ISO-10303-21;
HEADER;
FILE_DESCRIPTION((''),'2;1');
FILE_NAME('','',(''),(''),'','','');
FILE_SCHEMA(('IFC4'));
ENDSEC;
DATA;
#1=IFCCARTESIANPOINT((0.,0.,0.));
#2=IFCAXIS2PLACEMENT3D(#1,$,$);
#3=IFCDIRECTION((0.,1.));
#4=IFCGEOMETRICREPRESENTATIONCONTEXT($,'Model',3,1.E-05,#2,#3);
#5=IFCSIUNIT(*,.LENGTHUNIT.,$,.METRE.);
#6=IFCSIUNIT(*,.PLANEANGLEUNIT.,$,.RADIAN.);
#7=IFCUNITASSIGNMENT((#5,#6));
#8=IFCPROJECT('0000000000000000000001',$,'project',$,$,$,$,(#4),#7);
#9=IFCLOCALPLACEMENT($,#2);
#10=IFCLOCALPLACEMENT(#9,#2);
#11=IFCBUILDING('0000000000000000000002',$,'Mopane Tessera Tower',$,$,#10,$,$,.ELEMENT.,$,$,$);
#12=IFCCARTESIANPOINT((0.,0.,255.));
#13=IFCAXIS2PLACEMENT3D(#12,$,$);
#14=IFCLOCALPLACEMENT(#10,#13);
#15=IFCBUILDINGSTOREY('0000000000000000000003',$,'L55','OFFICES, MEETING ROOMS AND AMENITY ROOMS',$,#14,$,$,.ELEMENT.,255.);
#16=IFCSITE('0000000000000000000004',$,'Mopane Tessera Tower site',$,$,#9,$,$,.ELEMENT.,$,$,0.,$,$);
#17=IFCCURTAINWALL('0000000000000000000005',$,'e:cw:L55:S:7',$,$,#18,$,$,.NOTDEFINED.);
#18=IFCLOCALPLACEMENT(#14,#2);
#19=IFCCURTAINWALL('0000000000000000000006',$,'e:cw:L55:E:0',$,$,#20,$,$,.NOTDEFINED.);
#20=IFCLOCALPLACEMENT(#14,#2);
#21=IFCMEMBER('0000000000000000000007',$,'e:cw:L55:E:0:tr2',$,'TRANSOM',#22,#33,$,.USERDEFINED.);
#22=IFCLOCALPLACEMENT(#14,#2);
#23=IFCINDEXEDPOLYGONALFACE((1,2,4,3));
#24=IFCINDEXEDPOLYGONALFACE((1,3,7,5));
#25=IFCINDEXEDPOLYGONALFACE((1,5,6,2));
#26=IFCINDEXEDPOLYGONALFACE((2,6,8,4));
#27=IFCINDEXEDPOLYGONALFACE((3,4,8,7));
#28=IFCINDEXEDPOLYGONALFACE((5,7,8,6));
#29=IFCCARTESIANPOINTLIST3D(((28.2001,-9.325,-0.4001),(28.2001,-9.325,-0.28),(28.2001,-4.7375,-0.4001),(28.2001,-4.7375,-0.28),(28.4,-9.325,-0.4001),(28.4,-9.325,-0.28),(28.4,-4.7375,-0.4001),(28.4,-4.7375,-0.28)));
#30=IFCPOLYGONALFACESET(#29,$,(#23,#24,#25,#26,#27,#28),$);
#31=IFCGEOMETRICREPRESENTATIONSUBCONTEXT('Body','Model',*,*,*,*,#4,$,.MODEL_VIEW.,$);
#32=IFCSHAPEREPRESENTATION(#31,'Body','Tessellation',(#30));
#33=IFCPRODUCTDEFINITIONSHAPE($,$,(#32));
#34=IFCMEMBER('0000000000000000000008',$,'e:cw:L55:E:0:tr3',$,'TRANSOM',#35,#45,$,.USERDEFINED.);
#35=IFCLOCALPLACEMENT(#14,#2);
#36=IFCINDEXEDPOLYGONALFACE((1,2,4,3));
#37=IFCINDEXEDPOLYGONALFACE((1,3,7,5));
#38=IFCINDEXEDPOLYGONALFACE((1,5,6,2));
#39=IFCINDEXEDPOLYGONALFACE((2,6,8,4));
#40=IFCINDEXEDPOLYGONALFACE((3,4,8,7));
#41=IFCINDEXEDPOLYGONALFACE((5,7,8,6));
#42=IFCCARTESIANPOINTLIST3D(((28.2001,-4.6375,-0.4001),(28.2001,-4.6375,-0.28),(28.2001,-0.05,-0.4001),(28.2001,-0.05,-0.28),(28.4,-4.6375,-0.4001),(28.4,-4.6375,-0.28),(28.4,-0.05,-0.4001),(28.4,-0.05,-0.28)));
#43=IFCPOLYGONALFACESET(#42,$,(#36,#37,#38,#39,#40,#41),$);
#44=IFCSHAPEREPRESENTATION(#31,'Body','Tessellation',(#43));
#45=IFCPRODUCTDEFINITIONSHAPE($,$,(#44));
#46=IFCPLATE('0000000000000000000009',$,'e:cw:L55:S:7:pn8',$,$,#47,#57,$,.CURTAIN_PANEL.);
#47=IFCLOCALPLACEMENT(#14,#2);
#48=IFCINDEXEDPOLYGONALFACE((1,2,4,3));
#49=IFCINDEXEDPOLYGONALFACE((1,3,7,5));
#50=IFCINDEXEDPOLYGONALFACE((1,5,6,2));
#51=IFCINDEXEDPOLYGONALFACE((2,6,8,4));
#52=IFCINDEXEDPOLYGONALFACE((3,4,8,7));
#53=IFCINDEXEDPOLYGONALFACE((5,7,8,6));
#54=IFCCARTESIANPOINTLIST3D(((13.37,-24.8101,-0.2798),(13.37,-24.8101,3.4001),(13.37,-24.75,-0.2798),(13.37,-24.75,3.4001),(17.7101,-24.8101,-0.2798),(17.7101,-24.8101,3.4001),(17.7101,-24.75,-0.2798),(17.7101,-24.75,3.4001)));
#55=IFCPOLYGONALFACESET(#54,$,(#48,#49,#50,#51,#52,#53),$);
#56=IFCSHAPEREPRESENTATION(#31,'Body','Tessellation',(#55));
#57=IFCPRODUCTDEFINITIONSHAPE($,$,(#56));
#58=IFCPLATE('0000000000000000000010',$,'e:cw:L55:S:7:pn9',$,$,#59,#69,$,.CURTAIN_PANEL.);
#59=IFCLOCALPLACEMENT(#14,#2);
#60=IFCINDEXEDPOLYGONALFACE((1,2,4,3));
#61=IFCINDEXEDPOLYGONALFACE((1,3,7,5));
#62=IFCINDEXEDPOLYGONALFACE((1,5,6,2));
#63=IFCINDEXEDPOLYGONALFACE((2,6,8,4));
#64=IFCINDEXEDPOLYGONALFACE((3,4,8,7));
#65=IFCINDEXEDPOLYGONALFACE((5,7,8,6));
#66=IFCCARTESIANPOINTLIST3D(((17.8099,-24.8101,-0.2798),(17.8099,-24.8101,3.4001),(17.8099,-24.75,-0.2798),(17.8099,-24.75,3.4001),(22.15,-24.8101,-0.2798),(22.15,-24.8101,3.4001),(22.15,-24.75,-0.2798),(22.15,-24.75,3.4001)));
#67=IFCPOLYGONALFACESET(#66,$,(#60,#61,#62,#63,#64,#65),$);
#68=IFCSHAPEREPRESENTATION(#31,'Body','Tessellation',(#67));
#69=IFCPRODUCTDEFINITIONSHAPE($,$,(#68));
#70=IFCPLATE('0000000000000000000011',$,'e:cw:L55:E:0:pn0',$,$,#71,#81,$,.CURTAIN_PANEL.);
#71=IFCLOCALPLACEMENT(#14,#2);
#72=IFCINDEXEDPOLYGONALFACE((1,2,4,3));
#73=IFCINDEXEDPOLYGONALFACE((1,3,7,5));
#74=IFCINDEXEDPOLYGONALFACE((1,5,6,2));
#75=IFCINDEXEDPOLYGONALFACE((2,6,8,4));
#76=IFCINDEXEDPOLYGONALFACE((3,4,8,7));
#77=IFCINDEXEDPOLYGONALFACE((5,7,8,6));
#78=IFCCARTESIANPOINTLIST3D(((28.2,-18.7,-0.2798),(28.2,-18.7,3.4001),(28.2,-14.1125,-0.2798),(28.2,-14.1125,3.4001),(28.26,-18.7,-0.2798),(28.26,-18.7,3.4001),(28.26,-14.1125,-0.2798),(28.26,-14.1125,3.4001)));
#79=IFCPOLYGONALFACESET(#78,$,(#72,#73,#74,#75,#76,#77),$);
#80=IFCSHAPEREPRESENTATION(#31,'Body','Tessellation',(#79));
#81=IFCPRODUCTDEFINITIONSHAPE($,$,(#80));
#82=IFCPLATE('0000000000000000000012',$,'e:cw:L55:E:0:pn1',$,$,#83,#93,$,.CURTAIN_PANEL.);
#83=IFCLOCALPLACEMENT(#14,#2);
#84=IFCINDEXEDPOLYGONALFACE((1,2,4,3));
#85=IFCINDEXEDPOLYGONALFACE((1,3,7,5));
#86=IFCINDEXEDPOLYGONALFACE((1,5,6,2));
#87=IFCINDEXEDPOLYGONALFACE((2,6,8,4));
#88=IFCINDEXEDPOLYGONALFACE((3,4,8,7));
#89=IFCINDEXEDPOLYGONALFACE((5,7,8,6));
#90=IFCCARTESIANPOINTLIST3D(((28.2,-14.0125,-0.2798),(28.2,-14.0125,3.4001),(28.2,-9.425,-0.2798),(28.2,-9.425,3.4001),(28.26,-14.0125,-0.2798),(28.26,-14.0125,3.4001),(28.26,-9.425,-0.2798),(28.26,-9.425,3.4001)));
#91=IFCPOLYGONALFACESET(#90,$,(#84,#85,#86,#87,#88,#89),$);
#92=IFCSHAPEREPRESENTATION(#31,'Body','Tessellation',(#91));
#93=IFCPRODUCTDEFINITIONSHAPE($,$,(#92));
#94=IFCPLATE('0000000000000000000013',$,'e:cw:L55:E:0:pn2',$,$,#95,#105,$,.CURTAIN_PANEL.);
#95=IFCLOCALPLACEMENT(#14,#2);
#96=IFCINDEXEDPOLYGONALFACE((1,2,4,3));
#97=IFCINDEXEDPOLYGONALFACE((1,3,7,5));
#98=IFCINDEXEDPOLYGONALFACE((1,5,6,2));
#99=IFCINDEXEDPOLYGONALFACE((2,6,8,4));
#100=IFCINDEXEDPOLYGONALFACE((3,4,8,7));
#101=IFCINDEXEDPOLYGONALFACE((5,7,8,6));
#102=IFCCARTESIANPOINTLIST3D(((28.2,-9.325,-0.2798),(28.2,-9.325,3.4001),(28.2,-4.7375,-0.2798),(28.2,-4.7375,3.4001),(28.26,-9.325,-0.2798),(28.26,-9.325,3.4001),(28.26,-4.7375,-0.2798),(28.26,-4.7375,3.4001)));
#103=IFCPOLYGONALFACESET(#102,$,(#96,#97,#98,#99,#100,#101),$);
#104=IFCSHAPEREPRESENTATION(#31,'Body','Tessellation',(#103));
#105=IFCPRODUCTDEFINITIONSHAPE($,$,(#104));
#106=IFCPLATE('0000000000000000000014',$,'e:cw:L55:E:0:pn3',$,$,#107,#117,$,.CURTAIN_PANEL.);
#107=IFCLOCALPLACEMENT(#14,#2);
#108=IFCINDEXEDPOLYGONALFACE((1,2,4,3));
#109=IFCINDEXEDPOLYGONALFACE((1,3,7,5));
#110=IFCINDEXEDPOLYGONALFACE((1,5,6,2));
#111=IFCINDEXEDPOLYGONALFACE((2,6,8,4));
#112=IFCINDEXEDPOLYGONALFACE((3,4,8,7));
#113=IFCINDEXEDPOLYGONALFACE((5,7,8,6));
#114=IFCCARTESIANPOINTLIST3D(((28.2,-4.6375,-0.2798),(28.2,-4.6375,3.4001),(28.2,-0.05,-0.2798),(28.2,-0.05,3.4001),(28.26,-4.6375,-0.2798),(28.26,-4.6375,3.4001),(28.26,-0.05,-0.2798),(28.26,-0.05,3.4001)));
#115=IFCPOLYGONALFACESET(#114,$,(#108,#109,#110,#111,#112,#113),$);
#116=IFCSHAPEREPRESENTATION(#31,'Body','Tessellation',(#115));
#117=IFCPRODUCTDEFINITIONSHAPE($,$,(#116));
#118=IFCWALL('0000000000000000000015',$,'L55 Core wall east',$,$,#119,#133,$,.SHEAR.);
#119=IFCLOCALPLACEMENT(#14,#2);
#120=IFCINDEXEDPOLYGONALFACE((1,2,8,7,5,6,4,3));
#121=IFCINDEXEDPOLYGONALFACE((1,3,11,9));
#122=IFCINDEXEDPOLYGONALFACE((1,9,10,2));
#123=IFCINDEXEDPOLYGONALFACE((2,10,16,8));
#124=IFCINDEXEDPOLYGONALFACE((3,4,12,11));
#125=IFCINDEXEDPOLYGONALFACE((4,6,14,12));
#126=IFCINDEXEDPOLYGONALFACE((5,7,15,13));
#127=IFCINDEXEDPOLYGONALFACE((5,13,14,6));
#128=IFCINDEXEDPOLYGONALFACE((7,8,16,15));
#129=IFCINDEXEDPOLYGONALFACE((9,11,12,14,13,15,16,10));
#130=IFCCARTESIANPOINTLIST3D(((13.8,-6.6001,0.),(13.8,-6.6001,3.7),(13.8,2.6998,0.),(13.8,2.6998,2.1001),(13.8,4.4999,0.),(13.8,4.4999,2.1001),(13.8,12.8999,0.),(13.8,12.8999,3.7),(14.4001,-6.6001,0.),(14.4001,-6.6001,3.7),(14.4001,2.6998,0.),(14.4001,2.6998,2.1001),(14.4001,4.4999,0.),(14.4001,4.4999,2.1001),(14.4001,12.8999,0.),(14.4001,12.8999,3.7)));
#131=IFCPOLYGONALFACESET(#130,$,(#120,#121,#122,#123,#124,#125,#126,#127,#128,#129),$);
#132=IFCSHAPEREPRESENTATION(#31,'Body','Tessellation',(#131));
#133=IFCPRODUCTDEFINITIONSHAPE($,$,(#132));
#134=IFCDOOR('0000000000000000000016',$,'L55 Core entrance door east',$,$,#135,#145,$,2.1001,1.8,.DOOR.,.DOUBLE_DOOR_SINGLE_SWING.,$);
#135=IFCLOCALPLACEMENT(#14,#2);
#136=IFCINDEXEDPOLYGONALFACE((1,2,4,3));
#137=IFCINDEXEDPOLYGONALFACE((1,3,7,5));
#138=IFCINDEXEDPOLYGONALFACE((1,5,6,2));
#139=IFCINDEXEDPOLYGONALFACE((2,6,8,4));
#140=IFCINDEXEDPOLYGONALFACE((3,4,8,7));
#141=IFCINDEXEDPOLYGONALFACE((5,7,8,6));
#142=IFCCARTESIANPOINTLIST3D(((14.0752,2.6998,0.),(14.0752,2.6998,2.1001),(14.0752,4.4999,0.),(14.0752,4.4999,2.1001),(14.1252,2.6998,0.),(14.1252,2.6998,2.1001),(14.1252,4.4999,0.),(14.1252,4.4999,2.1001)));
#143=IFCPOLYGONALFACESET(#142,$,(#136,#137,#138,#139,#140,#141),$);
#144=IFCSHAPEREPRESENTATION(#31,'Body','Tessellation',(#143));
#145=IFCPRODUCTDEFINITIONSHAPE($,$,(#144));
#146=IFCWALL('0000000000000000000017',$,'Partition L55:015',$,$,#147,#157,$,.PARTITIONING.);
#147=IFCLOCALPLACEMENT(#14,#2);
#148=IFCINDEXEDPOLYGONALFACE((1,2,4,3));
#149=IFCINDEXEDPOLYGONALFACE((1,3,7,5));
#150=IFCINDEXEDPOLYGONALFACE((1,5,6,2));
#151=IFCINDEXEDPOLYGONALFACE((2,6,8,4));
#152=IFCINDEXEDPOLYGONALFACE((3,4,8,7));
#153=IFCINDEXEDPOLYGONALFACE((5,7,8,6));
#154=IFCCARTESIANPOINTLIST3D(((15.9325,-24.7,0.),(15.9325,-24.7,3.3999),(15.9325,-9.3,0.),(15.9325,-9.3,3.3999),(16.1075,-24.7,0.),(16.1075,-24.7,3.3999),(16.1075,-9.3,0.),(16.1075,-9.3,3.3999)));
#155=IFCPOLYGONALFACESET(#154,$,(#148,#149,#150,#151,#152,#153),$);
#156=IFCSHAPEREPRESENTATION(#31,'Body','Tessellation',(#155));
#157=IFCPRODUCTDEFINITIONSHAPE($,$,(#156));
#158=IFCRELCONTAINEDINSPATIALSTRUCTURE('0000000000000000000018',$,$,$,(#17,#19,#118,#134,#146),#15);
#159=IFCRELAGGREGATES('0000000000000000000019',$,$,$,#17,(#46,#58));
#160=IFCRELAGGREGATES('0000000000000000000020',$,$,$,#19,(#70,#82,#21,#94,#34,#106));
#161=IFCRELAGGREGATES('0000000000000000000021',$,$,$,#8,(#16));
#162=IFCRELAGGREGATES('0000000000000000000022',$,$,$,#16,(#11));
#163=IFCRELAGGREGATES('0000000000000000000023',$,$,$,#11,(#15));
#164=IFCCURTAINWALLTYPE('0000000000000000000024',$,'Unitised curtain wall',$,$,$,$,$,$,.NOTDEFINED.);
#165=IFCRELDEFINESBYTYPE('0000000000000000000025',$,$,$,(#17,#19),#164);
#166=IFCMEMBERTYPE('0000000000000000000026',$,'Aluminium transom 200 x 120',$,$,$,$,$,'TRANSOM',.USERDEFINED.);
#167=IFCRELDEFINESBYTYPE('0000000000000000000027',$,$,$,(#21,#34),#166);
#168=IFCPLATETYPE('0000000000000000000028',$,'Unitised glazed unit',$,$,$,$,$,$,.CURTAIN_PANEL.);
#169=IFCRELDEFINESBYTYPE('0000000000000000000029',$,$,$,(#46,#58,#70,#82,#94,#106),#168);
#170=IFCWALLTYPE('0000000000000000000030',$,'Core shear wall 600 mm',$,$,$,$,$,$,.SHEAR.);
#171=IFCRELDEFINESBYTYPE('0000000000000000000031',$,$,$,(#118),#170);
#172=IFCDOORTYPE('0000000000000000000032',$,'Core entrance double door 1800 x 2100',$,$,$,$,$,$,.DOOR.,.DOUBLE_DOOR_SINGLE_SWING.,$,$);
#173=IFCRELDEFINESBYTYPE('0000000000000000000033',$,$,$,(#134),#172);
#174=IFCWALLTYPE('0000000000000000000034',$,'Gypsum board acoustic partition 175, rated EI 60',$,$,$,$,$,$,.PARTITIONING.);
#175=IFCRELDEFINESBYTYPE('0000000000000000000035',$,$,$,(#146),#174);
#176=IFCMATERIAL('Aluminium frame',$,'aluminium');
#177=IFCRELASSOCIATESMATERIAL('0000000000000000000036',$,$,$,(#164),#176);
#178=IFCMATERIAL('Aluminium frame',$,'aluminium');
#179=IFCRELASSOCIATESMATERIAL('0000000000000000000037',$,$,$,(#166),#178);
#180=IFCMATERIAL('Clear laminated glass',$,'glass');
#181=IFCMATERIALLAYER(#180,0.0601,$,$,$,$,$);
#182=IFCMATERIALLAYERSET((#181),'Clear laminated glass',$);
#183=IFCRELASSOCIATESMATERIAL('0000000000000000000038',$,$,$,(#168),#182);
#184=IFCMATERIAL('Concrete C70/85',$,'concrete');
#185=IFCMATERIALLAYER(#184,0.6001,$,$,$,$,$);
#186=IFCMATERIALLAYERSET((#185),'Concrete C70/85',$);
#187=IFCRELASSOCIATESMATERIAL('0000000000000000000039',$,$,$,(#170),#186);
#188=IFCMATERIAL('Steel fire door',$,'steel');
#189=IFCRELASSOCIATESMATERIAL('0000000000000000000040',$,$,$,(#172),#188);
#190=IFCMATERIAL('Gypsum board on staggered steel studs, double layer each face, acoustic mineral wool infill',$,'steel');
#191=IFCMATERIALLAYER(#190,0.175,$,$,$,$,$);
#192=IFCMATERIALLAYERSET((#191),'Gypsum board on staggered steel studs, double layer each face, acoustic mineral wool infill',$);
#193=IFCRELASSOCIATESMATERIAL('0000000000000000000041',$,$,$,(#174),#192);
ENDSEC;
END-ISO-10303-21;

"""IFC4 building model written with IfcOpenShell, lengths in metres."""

from ifc_helpers import new_model, si_unit, direction, frame, frame_2d, origin, origin_2d, place, context, subcontext, project, spatial, rectangle, extrude, material, layer, layer_set, material_profile, profile_set, type_object, element, fill, aggregate, save


model = new_model("IFC4")

# Units and contexts
model_context = context("Model", 3, precision=1e-05, world=origin(), true_north=direction((0.0, 1.0)))
body_context = subcontext(model_context, "Body", "Model", "MODEL_VIEW")
ifc_project = project(units=[si_unit("LENGTHUNIT", "METRE"), si_unit("PLANEANGLEUNIT", "RADIAN")], contexts=[model_context])

# Site, building, storey
site_placement = place(None, origin())
site = spatial("IfcSite", under=ifc_project, at=site_placement, Name="Mopane Tessera Tower site", CompositionType="ELEMENT", RefElevation=0.0)
building_placement = place(site_placement, origin())
building = spatial("IfcBuilding", under=site, at=building_placement, Name="Mopane Tessera Tower", CompositionType="ELEMENT")
storey_placement = place(building_placement, frame((0.0, 0.0, 255.0)))
storey = spatial("IfcBuildingStorey", under=building, at=storey_placement, Name="L55", Description="OFFICES, MEETING ROOMS AND AMENITY ROOMS", CompositionType="ELEMENT", Elevation=255.0)

# Curtain walls
ifc_material_1 = material(Name="Aluminium frame", Category="aluminium")
curtain_wall_type = type_object("IfcCurtainWallType", Name="Unitised curtain wall", PredefinedType="NOTDEFINED", material=ifc_material_1)
curtain_wall_1_placement = place(storey_placement, origin())
curtain_wall_1 = element("IfcCurtainWall", 1, at=curtain_wall_1_placement, inside=storey, type_object=curtain_wall_type, Name="e:cw:L55:S:7", PredefinedType="NOTDEFINED")
curtain_wall_2_placement = place(storey_placement, origin())
curtain_wall_2 = element("IfcCurtainWall", 2, at=curtain_wall_2_placement, inside=storey, type_object=curtain_wall_type, Name="e:cw:L55:E:0", PredefinedType="NOTDEFINED")

# Members
ifc_material_2 = material(Name="Aluminium frame", Category="aluminium")
ifc_material_profile_1 = material_profile(ifc_material_2, rectangle(XDim=0.2, YDim=0.1201, at=origin_2d()))
ifc_profile_set_1 = profile_set([ifc_material_profile_1], Name="Aluminium frame")
member_type_1 = type_object("IfcMemberType", Name="Aluminium transom 200 x 120", ElementType="TRANSOM", PredefinedType="USERDEFINED", material=ifc_profile_set_1)
member_1_placement = place(storey_placement, frame((28.3, -9.325, -0.3401), z_axis=(0.0, 1.0, 0.0), x_axis=(-1.0, 0.0, 0.0)))
member_1 = element("IfcMember", 3, at=member_1_placement, type_object=member_type_1, Name="e:cw:L55:E:0:tr2", ObjectType="TRANSOM", PredefinedType="USERDEFINED", context=body_context, shape_type="SweptSolid", body=[
    extrude(rectangle(XDim=0.2, YDim=0.1201, at=origin_2d()), origin(), (0.0, 0.0, 1.0), 4.5874),
])
member_2_placement = place(storey_placement, frame((28.3, -4.6375, -0.3401), z_axis=(0.0, 1.0, 0.0), x_axis=(-1.0, 0.0, 0.0)))
member_2 = element("IfcMember", 4, at=member_2_placement, type_object=member_type_1, Name="e:cw:L55:E:0:tr3", ObjectType="TRANSOM", PredefinedType="USERDEFINED", context=body_context, shape_type="SweptSolid", body=[
    extrude(rectangle(XDim=0.2, YDim=0.1201, at=origin_2d()), origin(), (0.0, 0.0, 1.0), 4.5874),
])

# Plates
ifc_material_3 = material(Name="Clear laminated glass", Category="glass")
ifc_layer_1 = layer(ifc_material_3, 0.0601)
ifc_layer_set_1 = layer_set([ifc_layer_1], Name="Clear laminated glass")
plate_type = type_object("IfcPlateType", Name="Unitised glazed unit", PredefinedType="CURTAIN_PANEL", material=ifc_layer_set_1)
plate_1_placement = place(storey_placement, frame((15.54, -24.78, -0.2798), z_axis=(0.0, 0.0, 1.0), x_axis=(1.0, 0.0, 0.0)))
plate_1 = element("IfcPlate", 5, at=plate_1_placement, type_object=plate_type, Name="e:cw:L55:S:7:pn8", PredefinedType="CURTAIN_PANEL", context=body_context, shape_type="SweptSolid", body=[
    extrude(rectangle(XDim=4.3401, YDim=0.0601, at=origin_2d()), origin(), (0.0, 0.0, 1.0), 3.6799),
])
plate_2_placement = place(storey_placement, frame((19.98, -24.78, -0.2798), z_axis=(0.0, 0.0, 1.0), x_axis=(1.0, 0.0, 0.0)))
plate_2 = element("IfcPlate", 6, at=plate_2_placement, type_object=plate_type, Name="e:cw:L55:S:7:pn9", PredefinedType="CURTAIN_PANEL", context=body_context, shape_type="SweptSolid", body=[
    extrude(rectangle(XDim=4.3401, YDim=0.0601, at=origin_2d()), origin(), (0.0, 0.0, 1.0), 3.6799),
])
aggregate(curtain_wall_1, [plate_1, plate_2])
plate_3_placement = place(storey_placement, frame((28.23, -16.4062, -0.2798), z_axis=(0.0, 0.0, 1.0), x_axis=(0.0, 1.0, 0.0)))
plate_3 = element("IfcPlate", 7, at=plate_3_placement, type_object=plate_type, Name="e:cw:L55:E:0:pn0", PredefinedType="CURTAIN_PANEL", context=body_context, shape_type="SweptSolid", body=[
    extrude(rectangle(XDim=4.5874, YDim=0.0601, at=origin_2d()), origin(), (0.0, 0.0, 1.0), 3.6799),
])
plate_4_placement = place(storey_placement, frame((28.23, -11.7188, -0.2798), z_axis=(0.0, 0.0, 1.0), x_axis=(0.0, 1.0, 0.0)))
plate_4 = element("IfcPlate", 8, at=plate_4_placement, type_object=plate_type, Name="e:cw:L55:E:0:pn1", PredefinedType="CURTAIN_PANEL", context=body_context, shape_type="SweptSolid", body=[
    extrude(rectangle(XDim=4.5874, YDim=0.0601, at=origin_2d()), origin(), (0.0, 0.0, 1.0), 3.6799),
])
plate_5_placement = place(storey_placement, frame((28.23, -7.0312, -0.2798), z_axis=(0.0, 0.0, 1.0), x_axis=(0.0, 1.0, 0.0)))
plate_5 = element("IfcPlate", 9, at=plate_5_placement, type_object=plate_type, Name="e:cw:L55:E:0:pn2", PredefinedType="CURTAIN_PANEL", context=body_context, shape_type="SweptSolid", body=[
    extrude(rectangle(XDim=4.5874, YDim=0.0601, at=origin_2d()), origin(), (0.0, 0.0, 1.0), 3.6799),
])
plate_6_placement = place(storey_placement, frame((28.23, -2.3438, -0.2798), z_axis=(0.0, 0.0, 1.0), x_axis=(0.0, 1.0, 0.0)))
plate_6 = element("IfcPlate", 10, at=plate_6_placement, type_object=plate_type, Name="e:cw:L55:E:0:pn3", PredefinedType="CURTAIN_PANEL", context=body_context, shape_type="SweptSolid", body=[
    extrude(rectangle(XDim=4.5874, YDim=0.0601, at=origin_2d()), origin(), (0.0, 0.0, 1.0), 3.6799),
])
aggregate(curtain_wall_2, [plate_3, plate_4, member_1, plate_5, member_2, plate_6])

# Wall, opening, door
ifc_material_4 = material(Name="Concrete C70/85", Category="concrete")
ifc_layer_2 = layer(ifc_material_4, 0.6001)
ifc_layer_set_2 = layer_set([ifc_layer_2], Name="Concrete C70/85")
wall_type_1 = type_object("IfcWallType", Name="Core shear wall 600 mm", PredefinedType="SHEAR", material=ifc_layer_set_2)
wall_1_placement = place(storey_placement, frame((14.1001, -6.6001, 0.0), z_axis=(0.0, 0.0, 1.0), x_axis=(0.0, 1.0, 0.0)))
wall_1 = element("IfcWall", 11, at=wall_1_placement, inside=storey, type_object=wall_type_1, Name="L55 Core wall east", PredefinedType="SHEAR", context=body_context, shape_type="SweptSolid", body=[
    extrude(rectangle(XDim=19.5, YDim=0.6001, at=frame_2d((9.75, 0.0))), origin(), (0.0, 0.0, 1.0), 3.7),
])
opening_1_placement = place(wall_1_placement, frame((9.3, 0.0, 0.0)))
opening_1 = element("IfcOpeningElement", 12, at=opening_1_placement, cuts=wall_1, PredefinedType="OPENING", context=body_context, shape_type="SweptSolid", body=[
    extrude(rectangle(XDim=1.8, YDim=2.1001, at=frame_2d((0.8999, 1.05))), frame((0.0, 0.312, 0.0), z_axis=(0.0, -1.0, 0.0), x_axis=(1.0, 0.0, 0.0)), (0.0, 0.0, 1.0), 0.624),
])
ifc_material_5 = material(Name="Steel fire door", Category="steel")
door_type_1 = type_object("IfcDoorType", Name="Core entrance double door 1800 x 2100", OperationType="DOUBLE_DOOR_SINGLE_SWING", PredefinedType="DOOR", material=ifc_material_5)
door_1_placement = place(opening_1_placement, origin())
door_1 = element("IfcDoor", 13, at=door_1_placement, inside=storey, type_object=door_type_1, Name="L55 Core entrance door east", OperationType="DOUBLE_DOOR_SINGLE_SWING", OverallHeight=2.1001, OverallWidth=1.8, PredefinedType="DOOR", context=body_context, shape_type="SweptSolid", body=[
    extrude(rectangle(XDim=1.8, YDim=2.1001, at=frame_2d((0.8999, 1.05))), frame((0.0, 0.0249, 0.0), z_axis=(0.0, -1.0, 0.0), x_axis=(1.0, 0.0, 0.0)), (0.0, 0.0, 1.0), 0.05),
])
fill(opening_1, door_1)

# Wall
ifc_material_6 = material(Name="Gypsum board on staggered steel studs, double layer each face, acoustic mineral wool infill", Category="steel")
ifc_layer_3 = layer(ifc_material_6, 0.175)
ifc_layer_set_3 = layer_set([ifc_layer_3], Name="Gypsum board on staggered steel studs, double layer each face, acoustic mineral wool infill")
wall_type_2 = type_object("IfcWallType", Name="Gypsum board acoustic partition 175, rated EI 60", PredefinedType="PARTITIONING", material=ifc_layer_set_3)
wall_2_placement = place(storey_placement, frame((16.02, -24.7, 0.0), z_axis=(0.0, 0.0, 1.0), x_axis=(0.0, 1.0, 0.0)))
element("IfcWall", 14, at=wall_2_placement, inside=storey, type_object=wall_type_2, Name="Partition L55:015", PredefinedType="PARTITIONING", context=body_context, shape_type="SweptSolid", body=[
    extrude(rectangle(XDim=15.3999, YDim=0.175, at=frame_2d((7.7, 0.0))), origin(), (0.0, 0.0, 1.0), 3.3999),
])

save(model, "model.ifc")
